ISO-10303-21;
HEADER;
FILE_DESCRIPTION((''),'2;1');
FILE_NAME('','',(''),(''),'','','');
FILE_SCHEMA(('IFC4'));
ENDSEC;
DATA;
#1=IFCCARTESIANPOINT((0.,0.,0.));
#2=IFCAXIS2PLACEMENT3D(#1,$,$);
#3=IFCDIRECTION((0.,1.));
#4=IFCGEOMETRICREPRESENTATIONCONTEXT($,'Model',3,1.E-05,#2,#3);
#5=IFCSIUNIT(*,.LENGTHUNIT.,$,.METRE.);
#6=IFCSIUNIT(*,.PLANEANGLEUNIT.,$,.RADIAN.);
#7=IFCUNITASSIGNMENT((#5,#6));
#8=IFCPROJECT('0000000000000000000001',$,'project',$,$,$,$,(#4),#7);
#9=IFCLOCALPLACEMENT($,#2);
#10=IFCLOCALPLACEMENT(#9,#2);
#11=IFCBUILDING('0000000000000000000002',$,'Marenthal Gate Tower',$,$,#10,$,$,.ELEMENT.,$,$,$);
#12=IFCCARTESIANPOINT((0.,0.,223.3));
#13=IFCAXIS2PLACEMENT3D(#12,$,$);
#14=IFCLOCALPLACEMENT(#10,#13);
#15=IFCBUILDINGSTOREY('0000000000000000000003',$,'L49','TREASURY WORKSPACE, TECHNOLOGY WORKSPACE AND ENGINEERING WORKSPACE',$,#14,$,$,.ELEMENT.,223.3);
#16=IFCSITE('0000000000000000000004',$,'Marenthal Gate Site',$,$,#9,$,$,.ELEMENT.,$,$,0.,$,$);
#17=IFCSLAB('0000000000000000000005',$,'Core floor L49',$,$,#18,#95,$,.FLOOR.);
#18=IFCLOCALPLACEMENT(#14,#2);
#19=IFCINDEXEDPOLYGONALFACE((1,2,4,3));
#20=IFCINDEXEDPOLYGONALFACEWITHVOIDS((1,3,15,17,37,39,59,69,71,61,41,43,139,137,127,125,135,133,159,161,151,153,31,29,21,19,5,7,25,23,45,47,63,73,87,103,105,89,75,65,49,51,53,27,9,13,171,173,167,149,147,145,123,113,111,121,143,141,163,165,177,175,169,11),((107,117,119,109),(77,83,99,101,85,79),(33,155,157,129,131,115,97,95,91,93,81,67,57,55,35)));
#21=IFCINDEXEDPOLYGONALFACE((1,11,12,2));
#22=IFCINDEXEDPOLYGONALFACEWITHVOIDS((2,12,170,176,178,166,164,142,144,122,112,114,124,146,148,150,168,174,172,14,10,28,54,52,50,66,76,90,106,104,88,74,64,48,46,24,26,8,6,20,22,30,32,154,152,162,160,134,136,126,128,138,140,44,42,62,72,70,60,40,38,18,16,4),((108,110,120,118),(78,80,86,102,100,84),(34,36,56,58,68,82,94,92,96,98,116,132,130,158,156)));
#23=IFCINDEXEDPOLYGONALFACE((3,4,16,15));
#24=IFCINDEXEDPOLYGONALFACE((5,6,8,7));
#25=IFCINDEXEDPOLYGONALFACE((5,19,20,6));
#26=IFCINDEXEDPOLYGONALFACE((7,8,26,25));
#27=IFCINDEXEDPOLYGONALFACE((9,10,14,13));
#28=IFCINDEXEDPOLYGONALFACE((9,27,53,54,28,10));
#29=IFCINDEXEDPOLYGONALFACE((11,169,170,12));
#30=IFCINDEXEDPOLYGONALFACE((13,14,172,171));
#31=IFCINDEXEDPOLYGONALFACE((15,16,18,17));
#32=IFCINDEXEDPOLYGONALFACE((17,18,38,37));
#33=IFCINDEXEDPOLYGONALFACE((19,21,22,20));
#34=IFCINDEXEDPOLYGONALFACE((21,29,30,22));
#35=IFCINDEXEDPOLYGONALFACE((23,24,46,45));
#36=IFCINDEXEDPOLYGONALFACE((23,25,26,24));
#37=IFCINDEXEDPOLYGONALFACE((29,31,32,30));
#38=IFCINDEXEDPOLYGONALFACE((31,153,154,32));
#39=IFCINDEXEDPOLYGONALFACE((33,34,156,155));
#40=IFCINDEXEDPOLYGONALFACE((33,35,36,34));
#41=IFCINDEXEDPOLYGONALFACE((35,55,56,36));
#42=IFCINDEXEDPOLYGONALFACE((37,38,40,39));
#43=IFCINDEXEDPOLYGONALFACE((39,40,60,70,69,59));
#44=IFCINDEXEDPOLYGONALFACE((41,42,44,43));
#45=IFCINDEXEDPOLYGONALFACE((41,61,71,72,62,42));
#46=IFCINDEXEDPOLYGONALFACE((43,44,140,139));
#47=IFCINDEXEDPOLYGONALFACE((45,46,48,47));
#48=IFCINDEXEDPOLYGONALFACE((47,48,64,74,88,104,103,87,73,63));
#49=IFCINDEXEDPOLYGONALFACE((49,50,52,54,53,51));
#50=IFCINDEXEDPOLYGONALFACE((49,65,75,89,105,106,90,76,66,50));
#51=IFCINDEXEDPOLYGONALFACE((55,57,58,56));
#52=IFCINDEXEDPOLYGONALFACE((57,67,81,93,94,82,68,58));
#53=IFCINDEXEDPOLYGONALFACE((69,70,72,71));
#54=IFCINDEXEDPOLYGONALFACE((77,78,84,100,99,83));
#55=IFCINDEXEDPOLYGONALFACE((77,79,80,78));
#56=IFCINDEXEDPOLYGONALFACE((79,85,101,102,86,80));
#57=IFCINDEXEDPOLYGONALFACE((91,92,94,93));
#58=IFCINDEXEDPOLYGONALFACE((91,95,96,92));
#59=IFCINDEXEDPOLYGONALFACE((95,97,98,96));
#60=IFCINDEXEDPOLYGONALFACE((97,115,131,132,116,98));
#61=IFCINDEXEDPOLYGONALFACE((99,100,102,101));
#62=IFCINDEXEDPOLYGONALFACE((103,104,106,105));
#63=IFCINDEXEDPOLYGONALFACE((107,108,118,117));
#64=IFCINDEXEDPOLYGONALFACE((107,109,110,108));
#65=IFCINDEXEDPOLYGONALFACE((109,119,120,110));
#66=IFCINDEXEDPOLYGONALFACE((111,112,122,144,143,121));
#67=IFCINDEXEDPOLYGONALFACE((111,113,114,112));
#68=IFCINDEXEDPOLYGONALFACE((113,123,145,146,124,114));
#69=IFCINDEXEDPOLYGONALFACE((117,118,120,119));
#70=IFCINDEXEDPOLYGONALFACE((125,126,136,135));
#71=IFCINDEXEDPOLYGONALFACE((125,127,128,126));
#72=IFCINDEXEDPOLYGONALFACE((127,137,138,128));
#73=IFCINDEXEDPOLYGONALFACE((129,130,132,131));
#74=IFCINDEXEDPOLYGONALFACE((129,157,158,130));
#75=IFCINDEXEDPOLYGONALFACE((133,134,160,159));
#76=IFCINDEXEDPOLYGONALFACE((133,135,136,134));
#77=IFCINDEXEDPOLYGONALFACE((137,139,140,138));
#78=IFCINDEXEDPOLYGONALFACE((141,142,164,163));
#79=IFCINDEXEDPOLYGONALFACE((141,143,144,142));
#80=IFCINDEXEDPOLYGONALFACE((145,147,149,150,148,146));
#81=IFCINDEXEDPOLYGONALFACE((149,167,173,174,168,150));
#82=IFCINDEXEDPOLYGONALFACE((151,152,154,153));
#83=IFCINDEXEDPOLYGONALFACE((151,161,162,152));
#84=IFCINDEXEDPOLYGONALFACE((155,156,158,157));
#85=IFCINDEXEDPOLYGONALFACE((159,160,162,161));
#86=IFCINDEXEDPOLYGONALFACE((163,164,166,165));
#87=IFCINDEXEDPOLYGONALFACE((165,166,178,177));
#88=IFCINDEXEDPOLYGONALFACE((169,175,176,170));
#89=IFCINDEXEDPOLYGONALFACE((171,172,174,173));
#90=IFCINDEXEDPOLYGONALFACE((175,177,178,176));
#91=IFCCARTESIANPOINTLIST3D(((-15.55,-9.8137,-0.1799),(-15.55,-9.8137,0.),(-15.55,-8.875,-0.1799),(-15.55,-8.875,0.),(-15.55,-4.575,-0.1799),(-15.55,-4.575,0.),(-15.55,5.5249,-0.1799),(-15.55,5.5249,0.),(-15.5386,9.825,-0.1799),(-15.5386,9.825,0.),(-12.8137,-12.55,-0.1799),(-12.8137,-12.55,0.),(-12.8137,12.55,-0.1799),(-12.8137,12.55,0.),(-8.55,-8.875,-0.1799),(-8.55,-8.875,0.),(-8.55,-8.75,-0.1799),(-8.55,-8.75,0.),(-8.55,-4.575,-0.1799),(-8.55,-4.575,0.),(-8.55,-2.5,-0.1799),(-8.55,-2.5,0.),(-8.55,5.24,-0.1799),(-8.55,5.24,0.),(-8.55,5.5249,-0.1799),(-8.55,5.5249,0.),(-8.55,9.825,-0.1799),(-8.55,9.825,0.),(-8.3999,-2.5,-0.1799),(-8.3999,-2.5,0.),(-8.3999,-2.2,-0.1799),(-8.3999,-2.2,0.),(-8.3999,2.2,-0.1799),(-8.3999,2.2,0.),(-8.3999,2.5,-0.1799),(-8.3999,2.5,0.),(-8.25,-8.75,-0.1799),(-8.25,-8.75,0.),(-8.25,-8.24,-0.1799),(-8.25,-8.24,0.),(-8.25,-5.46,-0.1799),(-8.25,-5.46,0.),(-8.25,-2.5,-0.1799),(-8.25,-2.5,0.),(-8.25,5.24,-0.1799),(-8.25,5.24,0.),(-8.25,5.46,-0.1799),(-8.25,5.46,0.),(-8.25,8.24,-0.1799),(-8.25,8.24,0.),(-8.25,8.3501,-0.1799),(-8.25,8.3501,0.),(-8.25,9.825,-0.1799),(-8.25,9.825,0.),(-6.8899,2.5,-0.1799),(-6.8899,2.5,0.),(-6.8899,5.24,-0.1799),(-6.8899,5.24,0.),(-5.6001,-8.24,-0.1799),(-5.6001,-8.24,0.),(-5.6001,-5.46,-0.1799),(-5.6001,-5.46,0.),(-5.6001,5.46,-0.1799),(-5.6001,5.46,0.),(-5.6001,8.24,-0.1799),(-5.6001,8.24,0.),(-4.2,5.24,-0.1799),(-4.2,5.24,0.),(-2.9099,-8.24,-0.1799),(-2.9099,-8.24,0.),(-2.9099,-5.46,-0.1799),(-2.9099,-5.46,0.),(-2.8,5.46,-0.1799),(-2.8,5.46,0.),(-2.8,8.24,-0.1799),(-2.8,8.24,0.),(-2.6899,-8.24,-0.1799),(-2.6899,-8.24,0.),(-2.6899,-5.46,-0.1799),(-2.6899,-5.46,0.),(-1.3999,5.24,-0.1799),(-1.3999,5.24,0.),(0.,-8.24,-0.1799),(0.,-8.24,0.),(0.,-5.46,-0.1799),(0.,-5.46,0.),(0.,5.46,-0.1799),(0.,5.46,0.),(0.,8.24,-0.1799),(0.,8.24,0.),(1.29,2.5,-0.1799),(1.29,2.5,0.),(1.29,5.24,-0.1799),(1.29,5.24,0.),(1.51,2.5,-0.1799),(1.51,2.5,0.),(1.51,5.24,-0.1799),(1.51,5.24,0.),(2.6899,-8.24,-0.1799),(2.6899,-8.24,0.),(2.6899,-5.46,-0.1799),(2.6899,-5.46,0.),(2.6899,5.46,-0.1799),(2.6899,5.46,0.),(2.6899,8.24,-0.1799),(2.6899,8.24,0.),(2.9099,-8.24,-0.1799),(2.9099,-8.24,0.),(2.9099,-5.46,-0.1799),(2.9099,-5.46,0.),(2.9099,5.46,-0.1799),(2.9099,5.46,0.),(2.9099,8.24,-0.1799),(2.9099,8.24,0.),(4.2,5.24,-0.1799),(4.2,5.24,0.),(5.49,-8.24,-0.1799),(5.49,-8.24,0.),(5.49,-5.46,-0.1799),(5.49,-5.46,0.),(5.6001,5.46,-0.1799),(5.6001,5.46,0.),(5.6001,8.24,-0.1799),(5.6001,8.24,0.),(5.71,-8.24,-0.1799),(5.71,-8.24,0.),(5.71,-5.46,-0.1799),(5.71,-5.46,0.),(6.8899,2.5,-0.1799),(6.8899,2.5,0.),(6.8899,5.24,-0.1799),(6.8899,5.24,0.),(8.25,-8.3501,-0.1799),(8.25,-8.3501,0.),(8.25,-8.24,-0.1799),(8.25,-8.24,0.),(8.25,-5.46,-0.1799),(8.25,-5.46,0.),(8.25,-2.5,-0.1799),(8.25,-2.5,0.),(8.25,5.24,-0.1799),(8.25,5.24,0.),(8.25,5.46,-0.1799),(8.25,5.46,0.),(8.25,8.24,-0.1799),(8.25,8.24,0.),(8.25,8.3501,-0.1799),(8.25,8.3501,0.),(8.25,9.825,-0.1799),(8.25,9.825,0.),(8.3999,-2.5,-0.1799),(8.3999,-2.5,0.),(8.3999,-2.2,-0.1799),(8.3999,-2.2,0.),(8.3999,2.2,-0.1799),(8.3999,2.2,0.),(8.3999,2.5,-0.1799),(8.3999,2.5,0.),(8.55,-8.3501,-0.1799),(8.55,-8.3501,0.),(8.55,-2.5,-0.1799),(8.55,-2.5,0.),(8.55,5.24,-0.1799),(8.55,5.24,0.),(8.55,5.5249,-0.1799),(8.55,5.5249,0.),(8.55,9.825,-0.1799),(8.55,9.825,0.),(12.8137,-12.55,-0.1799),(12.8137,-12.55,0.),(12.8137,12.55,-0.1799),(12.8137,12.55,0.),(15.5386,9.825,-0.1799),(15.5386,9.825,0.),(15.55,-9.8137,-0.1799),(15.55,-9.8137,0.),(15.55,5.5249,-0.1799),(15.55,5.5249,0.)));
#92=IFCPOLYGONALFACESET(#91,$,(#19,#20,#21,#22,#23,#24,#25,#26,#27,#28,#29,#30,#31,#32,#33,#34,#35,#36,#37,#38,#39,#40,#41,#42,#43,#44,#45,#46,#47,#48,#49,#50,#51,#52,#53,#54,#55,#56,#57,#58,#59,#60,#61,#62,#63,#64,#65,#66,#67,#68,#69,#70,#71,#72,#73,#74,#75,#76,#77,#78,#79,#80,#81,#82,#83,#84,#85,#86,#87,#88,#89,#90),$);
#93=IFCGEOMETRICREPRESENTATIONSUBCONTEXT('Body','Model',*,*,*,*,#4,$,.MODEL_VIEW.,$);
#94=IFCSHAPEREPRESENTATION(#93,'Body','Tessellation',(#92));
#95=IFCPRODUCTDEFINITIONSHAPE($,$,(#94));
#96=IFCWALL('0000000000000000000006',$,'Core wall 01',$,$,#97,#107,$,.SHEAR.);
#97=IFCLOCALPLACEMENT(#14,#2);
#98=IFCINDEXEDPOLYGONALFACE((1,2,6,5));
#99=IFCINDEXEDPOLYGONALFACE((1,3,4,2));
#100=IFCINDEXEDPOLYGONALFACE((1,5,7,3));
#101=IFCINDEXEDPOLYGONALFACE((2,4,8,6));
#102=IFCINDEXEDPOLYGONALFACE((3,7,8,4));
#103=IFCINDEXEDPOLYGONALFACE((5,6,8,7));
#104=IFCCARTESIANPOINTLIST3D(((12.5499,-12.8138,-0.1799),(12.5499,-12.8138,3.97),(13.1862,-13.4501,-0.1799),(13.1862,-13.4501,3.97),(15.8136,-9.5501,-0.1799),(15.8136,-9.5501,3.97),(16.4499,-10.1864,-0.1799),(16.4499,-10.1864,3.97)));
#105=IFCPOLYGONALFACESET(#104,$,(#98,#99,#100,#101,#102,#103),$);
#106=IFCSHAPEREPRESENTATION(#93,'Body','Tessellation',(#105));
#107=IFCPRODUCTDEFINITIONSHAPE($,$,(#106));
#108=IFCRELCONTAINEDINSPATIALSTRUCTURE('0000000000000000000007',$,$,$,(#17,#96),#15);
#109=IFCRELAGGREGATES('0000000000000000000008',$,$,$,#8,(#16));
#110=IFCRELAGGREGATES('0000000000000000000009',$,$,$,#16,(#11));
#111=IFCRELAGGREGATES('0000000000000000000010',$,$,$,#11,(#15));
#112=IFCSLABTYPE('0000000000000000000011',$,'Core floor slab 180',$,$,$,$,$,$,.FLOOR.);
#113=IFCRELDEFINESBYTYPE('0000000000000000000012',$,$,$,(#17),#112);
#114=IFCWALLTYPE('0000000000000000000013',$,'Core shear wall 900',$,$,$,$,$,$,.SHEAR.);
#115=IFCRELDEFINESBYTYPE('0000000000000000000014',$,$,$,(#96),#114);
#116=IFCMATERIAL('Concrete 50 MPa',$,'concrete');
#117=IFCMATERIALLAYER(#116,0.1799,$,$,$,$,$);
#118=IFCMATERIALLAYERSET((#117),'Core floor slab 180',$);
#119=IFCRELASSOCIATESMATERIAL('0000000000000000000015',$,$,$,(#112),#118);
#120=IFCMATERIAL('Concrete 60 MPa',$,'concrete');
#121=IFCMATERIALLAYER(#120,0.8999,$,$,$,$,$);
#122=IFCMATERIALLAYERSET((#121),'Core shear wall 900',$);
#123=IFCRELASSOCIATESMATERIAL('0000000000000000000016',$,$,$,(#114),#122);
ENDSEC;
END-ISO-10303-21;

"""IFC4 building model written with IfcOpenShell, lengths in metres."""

from ifc_helpers import new_model, si_unit, direction, frame, frame_2d, origin, place, context, subcontext, project, spatial, polyline, rectangle, outline, extrude, material, layer, layer_set, type_object, element, save


model = new_model("IFC4")

# Units and contexts
model_context = context("Model", 3, precision=1e-05, world=origin(), true_north=direction((0.0, 1.0)))
body_context = subcontext(model_context, "Body", "Model", "MODEL_VIEW")
ifc_project = project(units=[si_unit("LENGTHUNIT", "METRE"), si_unit("PLANEANGLEUNIT", "RADIAN")], contexts=[model_context])

# Site, building, storey
site_placement = place(None, origin())
site = spatial("IfcSite", under=ifc_project, at=site_placement, Name="Marenthal Gate Site", CompositionType="ELEMENT", RefElevation=0.0)
building_placement = place(site_placement, origin())
building = spatial("IfcBuilding", under=site, at=building_placement, Name="Marenthal Gate Tower", CompositionType="ELEMENT")
storey_placement = place(building_placement, frame((0.0, 0.0, 223.3)))
storey = spatial("IfcBuildingStorey", under=building, at=storey_placement, Name="L49", Description="TREASURY WORKSPACE, TECHNOLOGY WORKSPACE AND ENGINEERING WORKSPACE", CompositionType="ELEMENT", Elevation=223.3)

# Slab
ifc_material_1 = material(Name="Concrete 50 MPa", Category="concrete")
ifc_layer_1 = layer(ifc_material_1, 0.1799)
ifc_layer_set_1 = layer_set([ifc_layer_1], Name="Core floor slab 180")
slab_type_1 = type_object("IfcSlabType", Name="Core floor slab 180", PredefinedType="FLOOR", material=ifc_layer_set_1)
slab_1_placement = place(storey_placement, frame((0.0, 0.0, -0.1799)))
element("IfcSlab", 1, at=slab_1_placement, inside=storey, type_object=slab_type_1, Name="Core floor L49", PredefinedType="FLOOR", context=body_context, shape_type="SweptSolid", body=[
    extrude(outline(polyline([(12.8137, -12.55), (-12.8137, -12.55), (-15.55, -9.8137), (-15.55, -8.875), (-8.55, -8.875), (-8.55, -8.75), (-8.25, -8.75), (-8.25, -8.24), (-5.6001, -8.24), (-2.9099, -8.24), (-2.9099, -5.46), (-5.6001, -5.46), (-8.25, -5.46), (-8.25, -2.5), (8.25, -2.5), (8.25, -5.46), (5.71, -5.46), (5.71, -8.24), (8.25, -8.24), (8.25, -8.3501), (8.55, -8.3501), (8.55, -2.5), (8.3999, -2.5), (8.3999, -2.2), (-8.3999, -2.2), (-8.3999, -2.5), (-8.55, -2.5), (-8.55, -4.575), (-15.55, -4.575), (-15.55, 5.5249), (-8.55, 5.5249), (-8.55, 5.24), (-8.25, 5.24), (-8.25, 5.46), (-5.6001, 5.46), (-2.8, 5.46), (0.0, 5.46), (2.6899, 5.46), (2.6899, 8.24), (0.0, 8.24), (-2.8, 8.24), (-5.6001, 8.24), (-8.25, 8.24), (-8.25, 8.3501), (-8.25, 9.825), (-8.55, 9.825), (-15.5386, 9.825), (-12.8137, 12.55), (12.8137, 12.55), (15.5386, 9.825), (8.55, 9.825), (8.25, 9.825), (8.25, 8.3501), (8.25, 8.24), (5.6001, 8.24), (2.9099, 8.24), (2.9099, 5.46), (5.6001, 5.46), (8.25, 5.46), (8.25, 5.24), (8.55, 5.24), (8.55, 5.5249), (15.55, 5.5249), (15.55, -9.8137), (12.8137, -12.55)]), holes=[polyline([(2.6899, -8.24), (2.6899, -5.46), (0.0, -5.46), (-2.6899, -5.46), (-2.6899, -8.24), (0.0, -8.24), (2.6899, -8.24)]), polyline([(-6.8899, 5.24), (-6.8899, 2.5), (-8.3999, 2.5), (-8.3999, 2.2), (8.3999, 2.2), (8.3999, 2.5), (6.8899, 2.5), (6.8899, 5.24), (4.2, 5.24), (1.51, 5.24), (1.51, 2.5), (1.29, 2.5), (1.29, 5.24), (-1.3999, 5.24), (-4.2, 5.24), (-6.8899, 5.24)]), polyline([(5.49, -8.24), (5.49, -5.46), (2.9099, -5.46), (2.9099, -8.24), (5.49, -8.24)])]), origin(), (0.0, 0.0, 1.0), 0.1799),
])

# Wall
ifc_material_2 = material(Name="Concrete 60 MPa", Category="concrete")
ifc_layer_2 = layer(ifc_material_2, 0.8999)
ifc_layer_set_2 = layer_set([ifc_layer_2], Name="Core shear wall 900")
wall_type_1 = type_object("IfcWallType", Name="Core shear wall 900", PredefinedType="SHEAR", material=ifc_layer_set_2)
wall_1_placement = place(storey_placement, frame((12.8682, -13.1318, -0.1799), z_axis=(0.0, 0.0, 1.0), x_axis=(0.707107, 0.707107, 0.0)))
element("IfcWall", 2, at=wall_1_placement, inside=storey, type_object=wall_type_1, Name="Core wall 01", PredefinedType="SHEAR", context=body_context, shape_type="SweptSolid", body=[
    extrude(rectangle(XDim=4.6155, YDim=0.8999, at=frame_2d((2.3076, 0.0))), origin(), (0.0, 0.0, 1.0), 4.1499),
])

save(model, "model.ifc")
